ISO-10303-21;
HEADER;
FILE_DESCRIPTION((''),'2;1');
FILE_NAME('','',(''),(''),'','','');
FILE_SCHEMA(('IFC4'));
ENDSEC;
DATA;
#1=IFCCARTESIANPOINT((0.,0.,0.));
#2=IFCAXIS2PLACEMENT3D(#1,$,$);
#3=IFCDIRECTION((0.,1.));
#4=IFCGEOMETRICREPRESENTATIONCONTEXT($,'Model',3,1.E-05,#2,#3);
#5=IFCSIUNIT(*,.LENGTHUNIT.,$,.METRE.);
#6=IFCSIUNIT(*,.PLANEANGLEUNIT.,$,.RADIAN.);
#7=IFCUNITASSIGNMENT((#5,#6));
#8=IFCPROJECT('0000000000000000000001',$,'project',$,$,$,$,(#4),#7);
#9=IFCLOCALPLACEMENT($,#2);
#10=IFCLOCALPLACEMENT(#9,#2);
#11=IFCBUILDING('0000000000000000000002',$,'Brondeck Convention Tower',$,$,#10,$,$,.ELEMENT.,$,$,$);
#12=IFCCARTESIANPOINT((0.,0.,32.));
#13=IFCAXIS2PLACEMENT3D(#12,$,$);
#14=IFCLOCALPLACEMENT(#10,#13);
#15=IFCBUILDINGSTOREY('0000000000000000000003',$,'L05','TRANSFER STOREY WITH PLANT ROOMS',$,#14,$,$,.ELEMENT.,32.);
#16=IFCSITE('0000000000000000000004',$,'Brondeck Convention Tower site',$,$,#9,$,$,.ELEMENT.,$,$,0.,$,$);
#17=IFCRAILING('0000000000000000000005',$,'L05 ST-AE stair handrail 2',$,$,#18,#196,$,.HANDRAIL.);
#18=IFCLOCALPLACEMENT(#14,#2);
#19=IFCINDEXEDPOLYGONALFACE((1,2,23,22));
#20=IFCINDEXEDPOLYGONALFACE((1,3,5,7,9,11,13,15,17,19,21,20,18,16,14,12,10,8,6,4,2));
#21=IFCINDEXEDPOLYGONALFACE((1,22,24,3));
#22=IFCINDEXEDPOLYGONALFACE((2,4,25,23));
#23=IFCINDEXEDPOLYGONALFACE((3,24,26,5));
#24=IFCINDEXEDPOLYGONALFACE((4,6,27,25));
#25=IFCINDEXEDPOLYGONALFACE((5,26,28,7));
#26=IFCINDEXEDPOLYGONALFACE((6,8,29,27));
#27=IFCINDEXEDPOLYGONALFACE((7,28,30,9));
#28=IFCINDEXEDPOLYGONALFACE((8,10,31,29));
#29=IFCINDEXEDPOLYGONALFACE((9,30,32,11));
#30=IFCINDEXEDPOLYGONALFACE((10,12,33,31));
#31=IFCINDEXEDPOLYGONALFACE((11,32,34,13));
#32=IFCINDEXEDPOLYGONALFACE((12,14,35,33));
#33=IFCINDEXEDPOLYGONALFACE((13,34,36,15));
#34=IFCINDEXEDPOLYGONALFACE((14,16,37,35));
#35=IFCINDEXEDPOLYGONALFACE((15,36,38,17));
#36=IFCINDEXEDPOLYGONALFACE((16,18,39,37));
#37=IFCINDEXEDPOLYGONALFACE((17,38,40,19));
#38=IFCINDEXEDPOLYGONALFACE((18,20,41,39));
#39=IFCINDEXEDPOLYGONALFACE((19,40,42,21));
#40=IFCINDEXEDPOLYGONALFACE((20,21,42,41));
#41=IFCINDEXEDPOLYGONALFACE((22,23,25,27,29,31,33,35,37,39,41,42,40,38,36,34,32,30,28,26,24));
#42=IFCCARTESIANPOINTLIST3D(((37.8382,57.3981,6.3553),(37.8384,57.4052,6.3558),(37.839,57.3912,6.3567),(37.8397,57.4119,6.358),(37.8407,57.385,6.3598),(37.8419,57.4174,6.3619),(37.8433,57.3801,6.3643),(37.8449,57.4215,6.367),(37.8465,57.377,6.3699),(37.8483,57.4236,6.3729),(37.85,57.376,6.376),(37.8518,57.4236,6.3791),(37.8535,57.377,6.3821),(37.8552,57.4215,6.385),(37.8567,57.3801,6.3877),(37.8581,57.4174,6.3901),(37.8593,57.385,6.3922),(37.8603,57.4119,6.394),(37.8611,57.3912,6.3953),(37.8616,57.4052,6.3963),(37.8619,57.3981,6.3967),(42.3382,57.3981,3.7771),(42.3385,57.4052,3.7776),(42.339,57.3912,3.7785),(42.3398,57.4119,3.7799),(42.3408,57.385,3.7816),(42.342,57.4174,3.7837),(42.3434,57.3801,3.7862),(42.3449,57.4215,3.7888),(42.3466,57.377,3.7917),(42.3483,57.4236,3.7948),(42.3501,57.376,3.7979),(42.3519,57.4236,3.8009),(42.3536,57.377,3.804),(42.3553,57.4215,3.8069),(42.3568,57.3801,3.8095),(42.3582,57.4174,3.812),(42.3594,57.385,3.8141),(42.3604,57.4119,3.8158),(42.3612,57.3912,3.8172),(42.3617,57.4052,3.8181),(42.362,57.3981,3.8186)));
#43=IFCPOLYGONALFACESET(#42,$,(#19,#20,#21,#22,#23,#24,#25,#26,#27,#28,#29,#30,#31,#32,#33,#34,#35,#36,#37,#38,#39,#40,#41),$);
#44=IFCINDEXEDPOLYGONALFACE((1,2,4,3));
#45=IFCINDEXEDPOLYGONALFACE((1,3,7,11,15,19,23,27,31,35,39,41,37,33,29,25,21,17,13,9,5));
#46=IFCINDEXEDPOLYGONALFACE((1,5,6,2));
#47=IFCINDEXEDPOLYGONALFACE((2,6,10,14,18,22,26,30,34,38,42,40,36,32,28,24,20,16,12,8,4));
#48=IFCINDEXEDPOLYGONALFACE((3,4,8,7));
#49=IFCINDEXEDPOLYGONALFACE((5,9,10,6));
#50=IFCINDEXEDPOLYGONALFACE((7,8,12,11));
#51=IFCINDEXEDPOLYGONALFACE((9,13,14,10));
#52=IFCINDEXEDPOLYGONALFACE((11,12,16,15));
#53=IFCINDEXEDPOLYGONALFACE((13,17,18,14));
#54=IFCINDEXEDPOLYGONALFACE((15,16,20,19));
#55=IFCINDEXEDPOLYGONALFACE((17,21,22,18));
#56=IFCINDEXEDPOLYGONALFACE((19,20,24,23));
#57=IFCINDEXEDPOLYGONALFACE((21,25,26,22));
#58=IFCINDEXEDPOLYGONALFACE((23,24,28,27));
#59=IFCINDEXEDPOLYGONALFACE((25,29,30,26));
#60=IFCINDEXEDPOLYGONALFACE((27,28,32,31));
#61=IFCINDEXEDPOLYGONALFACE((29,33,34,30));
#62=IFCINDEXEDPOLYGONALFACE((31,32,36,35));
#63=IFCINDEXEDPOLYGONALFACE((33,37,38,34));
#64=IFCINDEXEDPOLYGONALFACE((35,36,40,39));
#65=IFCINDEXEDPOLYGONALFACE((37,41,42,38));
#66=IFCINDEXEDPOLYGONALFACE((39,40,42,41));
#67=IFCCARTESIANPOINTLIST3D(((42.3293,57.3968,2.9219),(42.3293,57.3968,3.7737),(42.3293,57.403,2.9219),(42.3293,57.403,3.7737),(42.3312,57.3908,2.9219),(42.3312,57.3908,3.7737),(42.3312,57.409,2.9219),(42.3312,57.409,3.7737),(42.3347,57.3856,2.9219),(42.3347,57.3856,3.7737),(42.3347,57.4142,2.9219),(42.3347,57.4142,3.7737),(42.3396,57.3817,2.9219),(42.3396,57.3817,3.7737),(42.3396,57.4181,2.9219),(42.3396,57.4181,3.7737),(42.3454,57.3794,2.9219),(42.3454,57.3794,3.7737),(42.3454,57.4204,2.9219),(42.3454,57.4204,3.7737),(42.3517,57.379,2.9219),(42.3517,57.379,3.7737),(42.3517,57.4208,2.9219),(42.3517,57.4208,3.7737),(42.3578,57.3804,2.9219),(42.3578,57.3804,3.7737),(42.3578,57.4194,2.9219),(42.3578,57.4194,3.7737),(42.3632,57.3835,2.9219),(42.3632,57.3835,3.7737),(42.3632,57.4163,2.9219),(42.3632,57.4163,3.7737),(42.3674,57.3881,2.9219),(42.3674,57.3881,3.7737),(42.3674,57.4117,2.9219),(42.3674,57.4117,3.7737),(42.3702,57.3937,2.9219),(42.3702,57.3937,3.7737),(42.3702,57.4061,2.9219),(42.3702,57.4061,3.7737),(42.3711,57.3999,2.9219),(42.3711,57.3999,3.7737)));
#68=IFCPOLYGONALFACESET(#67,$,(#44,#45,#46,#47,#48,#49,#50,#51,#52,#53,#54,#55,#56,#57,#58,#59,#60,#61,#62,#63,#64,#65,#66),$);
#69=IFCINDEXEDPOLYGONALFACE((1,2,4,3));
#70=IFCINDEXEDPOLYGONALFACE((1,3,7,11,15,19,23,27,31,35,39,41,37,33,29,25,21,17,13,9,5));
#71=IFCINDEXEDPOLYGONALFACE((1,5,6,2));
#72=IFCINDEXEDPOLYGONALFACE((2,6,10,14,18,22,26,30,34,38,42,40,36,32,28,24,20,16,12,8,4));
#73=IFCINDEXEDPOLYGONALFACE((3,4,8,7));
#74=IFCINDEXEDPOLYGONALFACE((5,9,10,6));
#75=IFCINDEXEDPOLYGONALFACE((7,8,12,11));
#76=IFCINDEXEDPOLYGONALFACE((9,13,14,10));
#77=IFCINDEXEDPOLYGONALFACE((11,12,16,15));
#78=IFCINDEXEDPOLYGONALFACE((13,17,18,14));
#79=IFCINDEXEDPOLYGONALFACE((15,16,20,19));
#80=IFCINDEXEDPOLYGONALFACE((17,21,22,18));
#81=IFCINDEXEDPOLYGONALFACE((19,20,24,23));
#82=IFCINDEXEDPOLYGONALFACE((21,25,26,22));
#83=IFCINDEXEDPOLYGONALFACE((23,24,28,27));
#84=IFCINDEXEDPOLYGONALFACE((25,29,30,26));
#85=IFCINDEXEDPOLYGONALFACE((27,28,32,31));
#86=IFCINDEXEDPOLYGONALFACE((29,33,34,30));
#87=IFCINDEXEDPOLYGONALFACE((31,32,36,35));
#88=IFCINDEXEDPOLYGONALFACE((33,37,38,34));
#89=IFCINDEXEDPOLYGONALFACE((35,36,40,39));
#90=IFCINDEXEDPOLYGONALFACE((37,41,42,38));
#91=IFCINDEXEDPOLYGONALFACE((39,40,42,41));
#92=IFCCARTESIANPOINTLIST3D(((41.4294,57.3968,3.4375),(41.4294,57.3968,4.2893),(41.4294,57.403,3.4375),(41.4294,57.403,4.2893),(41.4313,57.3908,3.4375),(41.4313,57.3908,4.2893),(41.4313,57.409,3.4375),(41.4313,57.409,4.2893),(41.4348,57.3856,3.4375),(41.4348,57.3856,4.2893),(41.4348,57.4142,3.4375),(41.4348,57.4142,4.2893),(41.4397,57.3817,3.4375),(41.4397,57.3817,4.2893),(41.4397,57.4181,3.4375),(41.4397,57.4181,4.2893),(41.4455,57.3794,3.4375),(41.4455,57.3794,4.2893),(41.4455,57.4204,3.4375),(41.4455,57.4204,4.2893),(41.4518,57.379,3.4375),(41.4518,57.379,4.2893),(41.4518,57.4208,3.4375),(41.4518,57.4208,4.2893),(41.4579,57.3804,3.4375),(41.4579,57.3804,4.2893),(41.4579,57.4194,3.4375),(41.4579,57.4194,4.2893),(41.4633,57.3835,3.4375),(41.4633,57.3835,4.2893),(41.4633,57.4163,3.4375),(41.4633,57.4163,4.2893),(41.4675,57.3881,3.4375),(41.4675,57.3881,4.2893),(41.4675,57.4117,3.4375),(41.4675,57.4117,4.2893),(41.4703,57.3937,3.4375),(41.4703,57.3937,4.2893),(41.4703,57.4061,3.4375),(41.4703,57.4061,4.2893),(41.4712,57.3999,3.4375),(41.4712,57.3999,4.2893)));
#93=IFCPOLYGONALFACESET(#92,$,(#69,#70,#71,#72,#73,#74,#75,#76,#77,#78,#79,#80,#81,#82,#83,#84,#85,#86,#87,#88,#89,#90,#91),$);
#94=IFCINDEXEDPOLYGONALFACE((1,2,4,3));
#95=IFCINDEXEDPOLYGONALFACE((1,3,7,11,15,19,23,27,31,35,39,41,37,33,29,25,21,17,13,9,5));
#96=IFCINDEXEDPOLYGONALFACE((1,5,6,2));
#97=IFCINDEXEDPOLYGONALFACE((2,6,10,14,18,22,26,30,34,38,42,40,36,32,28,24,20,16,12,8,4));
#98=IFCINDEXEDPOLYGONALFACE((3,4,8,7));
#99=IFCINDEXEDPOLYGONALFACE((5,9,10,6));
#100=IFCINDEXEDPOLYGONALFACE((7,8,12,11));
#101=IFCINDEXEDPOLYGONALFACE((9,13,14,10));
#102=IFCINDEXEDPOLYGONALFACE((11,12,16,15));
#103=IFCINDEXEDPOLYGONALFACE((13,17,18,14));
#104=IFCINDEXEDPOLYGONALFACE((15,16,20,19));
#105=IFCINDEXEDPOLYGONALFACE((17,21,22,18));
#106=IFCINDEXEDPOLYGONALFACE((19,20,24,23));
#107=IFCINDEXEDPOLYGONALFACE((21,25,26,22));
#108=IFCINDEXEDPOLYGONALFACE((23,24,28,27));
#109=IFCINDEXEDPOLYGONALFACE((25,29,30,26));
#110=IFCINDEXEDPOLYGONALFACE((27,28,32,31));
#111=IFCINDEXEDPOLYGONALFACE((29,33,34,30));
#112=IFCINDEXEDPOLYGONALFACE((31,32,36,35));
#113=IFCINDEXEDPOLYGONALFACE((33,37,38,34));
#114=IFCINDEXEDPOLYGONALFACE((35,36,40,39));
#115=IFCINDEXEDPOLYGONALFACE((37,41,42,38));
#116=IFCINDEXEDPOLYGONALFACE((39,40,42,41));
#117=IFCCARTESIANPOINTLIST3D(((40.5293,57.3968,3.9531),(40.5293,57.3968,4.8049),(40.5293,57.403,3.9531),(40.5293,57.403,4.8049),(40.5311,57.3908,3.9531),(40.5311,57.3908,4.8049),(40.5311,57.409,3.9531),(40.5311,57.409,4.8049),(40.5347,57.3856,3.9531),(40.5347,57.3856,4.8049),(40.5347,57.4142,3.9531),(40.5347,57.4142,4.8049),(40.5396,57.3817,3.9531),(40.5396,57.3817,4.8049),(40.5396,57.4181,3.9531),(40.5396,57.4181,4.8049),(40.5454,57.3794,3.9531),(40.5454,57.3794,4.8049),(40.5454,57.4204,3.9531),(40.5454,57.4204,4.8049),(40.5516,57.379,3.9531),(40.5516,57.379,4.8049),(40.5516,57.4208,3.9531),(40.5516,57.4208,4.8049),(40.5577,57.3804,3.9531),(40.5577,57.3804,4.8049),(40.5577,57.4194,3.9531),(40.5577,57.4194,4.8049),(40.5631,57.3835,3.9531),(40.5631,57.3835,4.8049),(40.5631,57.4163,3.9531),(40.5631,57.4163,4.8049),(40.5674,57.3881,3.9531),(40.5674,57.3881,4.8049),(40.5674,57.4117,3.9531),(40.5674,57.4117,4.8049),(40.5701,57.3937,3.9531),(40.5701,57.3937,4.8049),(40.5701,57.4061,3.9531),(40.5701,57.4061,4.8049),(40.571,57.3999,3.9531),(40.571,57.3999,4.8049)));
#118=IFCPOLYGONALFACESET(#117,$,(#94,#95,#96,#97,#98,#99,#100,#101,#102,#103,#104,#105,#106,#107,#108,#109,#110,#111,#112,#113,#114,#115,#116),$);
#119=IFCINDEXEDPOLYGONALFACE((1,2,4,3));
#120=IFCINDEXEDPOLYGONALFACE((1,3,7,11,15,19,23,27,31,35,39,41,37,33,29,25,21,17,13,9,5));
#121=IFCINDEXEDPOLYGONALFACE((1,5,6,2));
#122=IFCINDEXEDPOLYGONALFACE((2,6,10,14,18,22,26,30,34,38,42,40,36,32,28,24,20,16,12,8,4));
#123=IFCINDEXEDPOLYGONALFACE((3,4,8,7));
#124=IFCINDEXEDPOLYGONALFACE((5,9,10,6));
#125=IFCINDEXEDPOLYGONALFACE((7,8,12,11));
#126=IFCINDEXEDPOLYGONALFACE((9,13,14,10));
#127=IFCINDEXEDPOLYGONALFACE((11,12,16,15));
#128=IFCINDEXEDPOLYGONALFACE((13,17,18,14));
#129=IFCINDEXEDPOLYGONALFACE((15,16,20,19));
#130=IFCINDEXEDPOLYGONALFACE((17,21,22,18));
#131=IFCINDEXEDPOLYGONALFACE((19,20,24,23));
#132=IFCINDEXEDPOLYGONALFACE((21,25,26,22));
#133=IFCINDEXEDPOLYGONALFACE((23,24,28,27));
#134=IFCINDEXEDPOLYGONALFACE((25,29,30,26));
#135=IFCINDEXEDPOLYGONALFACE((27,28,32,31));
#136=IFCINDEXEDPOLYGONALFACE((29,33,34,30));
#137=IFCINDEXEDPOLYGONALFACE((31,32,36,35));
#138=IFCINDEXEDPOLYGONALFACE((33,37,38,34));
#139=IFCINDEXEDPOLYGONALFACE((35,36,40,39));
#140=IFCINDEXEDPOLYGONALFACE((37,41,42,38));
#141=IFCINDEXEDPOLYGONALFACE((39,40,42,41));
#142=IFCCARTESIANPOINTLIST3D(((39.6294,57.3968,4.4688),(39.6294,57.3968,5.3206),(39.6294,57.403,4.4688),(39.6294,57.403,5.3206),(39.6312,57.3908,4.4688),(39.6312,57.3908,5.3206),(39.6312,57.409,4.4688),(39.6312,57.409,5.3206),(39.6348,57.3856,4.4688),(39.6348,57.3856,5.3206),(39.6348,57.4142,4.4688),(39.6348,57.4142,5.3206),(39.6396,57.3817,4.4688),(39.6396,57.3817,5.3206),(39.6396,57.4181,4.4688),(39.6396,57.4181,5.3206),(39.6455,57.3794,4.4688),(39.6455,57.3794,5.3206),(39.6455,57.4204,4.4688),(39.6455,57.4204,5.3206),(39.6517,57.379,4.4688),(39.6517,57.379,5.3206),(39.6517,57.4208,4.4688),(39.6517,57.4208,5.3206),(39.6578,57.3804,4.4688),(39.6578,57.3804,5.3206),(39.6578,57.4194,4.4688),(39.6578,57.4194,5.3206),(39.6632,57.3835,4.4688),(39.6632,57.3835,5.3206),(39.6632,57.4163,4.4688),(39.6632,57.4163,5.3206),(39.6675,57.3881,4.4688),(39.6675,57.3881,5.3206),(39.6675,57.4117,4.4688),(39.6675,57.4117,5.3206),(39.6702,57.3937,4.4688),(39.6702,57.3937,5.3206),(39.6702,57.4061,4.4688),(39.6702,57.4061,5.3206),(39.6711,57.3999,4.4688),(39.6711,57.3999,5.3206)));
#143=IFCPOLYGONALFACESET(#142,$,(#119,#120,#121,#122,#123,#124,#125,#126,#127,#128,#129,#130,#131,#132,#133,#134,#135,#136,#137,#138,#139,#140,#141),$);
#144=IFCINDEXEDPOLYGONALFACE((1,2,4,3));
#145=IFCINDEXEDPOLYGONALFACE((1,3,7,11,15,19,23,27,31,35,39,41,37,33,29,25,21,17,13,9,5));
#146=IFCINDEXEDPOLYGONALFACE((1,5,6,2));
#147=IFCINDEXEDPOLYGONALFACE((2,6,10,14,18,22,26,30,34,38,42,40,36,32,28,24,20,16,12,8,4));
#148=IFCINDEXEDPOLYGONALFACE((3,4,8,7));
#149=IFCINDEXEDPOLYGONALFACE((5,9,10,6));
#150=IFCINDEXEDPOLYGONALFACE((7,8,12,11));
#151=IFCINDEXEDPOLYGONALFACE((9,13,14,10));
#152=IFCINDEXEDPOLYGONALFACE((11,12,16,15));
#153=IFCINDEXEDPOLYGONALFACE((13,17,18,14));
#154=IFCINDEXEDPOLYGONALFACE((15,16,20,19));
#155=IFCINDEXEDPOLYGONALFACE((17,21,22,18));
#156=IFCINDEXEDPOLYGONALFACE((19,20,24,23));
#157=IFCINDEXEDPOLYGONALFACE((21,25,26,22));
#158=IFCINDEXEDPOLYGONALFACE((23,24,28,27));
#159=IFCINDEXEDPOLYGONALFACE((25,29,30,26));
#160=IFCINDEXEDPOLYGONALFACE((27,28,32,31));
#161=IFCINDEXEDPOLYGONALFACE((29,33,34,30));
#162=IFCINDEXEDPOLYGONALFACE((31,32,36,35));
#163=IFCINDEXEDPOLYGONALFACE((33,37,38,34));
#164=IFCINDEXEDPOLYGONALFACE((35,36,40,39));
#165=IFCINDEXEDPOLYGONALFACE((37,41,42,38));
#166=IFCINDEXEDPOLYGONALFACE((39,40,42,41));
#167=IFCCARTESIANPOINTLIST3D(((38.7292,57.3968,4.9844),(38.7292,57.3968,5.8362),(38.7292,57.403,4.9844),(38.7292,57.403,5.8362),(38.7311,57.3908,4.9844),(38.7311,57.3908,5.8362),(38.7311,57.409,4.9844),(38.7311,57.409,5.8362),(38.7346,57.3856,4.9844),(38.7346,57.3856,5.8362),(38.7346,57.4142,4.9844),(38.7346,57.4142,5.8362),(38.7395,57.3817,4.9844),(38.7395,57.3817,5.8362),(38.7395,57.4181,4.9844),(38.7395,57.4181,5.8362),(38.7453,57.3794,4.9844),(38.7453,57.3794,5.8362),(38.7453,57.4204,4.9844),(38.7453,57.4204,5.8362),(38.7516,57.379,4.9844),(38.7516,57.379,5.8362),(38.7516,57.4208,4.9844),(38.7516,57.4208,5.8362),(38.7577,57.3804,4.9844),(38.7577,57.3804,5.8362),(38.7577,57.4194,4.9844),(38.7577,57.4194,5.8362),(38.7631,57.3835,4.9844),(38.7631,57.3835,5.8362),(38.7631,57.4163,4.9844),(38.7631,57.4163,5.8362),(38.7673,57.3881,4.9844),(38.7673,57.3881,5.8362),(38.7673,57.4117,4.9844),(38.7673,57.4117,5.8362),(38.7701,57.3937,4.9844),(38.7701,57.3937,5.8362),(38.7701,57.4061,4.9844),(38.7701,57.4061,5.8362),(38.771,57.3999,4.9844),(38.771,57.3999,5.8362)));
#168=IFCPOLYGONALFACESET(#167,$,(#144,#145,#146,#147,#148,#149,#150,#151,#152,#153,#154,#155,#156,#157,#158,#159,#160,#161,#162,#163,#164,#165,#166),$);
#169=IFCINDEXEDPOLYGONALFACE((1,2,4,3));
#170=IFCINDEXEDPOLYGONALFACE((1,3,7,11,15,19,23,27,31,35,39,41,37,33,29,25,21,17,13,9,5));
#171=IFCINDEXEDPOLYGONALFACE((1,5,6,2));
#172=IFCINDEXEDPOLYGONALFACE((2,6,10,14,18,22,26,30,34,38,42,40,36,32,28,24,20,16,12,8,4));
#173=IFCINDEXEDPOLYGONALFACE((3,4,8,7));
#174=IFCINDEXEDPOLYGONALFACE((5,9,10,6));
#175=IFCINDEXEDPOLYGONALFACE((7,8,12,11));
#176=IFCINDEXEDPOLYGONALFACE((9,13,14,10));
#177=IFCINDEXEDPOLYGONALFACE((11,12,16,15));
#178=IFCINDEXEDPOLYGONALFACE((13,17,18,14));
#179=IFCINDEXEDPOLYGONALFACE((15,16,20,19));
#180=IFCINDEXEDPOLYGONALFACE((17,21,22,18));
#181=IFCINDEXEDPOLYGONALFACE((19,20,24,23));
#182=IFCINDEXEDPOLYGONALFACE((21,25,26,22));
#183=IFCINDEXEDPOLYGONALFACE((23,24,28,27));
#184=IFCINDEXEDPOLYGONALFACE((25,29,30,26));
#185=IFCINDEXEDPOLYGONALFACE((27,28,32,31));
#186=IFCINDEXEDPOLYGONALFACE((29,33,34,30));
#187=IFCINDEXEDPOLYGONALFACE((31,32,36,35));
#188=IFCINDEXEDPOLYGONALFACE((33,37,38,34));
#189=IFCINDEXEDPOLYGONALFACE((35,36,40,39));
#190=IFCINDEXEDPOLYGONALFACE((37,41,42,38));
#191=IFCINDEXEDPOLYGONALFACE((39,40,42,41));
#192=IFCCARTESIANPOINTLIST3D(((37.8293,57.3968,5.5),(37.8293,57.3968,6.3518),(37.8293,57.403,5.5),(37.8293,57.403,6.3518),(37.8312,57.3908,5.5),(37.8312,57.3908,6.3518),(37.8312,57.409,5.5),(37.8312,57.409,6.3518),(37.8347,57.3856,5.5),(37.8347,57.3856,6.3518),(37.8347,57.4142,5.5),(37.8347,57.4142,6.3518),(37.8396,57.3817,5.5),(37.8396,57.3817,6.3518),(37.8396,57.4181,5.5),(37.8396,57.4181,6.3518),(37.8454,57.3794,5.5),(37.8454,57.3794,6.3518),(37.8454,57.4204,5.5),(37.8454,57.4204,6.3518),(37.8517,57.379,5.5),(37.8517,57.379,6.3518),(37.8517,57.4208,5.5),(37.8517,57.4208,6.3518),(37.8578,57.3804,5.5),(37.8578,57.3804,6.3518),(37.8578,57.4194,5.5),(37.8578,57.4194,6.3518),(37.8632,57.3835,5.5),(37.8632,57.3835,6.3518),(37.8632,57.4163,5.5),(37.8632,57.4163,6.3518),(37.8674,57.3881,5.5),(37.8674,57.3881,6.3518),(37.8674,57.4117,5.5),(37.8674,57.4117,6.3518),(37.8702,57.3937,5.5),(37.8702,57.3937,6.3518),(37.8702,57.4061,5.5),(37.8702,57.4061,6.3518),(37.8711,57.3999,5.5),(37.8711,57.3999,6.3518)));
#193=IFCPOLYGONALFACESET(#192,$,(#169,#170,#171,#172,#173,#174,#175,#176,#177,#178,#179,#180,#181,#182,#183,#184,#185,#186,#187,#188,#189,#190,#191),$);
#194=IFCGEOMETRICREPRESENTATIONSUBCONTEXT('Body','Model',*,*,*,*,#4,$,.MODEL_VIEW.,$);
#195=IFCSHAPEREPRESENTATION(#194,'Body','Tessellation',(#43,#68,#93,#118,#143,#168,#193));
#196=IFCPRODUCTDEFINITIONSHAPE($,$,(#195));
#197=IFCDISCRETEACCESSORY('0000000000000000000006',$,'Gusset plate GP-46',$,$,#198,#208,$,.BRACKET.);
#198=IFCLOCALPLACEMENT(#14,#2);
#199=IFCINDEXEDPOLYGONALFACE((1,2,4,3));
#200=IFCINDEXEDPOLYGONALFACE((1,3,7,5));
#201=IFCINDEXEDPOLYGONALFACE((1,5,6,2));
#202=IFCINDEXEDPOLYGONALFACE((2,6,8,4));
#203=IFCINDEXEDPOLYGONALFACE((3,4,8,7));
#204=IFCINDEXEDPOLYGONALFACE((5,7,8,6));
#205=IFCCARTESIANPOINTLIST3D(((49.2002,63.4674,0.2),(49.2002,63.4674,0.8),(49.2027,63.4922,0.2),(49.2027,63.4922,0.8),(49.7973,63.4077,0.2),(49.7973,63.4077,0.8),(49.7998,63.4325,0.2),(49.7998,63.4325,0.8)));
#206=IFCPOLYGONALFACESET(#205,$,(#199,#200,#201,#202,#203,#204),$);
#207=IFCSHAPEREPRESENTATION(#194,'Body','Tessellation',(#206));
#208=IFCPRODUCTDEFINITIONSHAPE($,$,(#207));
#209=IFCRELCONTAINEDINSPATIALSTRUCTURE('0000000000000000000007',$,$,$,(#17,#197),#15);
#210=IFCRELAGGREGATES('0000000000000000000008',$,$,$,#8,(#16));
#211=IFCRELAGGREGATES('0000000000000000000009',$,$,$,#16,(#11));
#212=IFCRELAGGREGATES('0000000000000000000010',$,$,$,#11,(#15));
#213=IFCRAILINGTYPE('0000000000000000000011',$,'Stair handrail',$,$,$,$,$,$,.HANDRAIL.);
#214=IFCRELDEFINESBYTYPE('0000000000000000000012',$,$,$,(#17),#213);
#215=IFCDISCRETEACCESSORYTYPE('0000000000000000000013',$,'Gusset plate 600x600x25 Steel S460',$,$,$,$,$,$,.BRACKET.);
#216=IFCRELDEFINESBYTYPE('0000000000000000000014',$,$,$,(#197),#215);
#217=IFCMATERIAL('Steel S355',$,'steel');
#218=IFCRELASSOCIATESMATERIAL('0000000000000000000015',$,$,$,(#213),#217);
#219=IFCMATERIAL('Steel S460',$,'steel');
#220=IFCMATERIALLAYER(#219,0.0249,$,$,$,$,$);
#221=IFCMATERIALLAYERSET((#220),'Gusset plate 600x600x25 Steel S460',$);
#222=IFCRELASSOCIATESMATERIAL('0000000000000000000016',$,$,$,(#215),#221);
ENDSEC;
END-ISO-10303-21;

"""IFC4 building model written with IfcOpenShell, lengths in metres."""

from ifc_helpers import new_model, si_unit, direction, frame, origin, origin_2d, place, context, subcontext, project, spatial, rectangle, circle, extrude, material, layer, layer_set, type_object, element, save


model = new_model("IFC4")

# Units and contexts
model_context = context("Model", 3, precision=1e-05, world=origin(), true_north=direction((0.0, 1.0)))
body_context = subcontext(model_context, "Body", "Model", "MODEL_VIEW")
ifc_project = project(units=[si_unit("LENGTHUNIT", "METRE"), si_unit("PLANEANGLEUNIT", "RADIAN")], contexts=[model_context])

# Site, building, storey
site_placement = place(None, origin())
site = spatial("IfcSite", under=ifc_project, at=site_placement, Name="Brondeck Convention Tower site", CompositionType="ELEMENT", RefElevation=0.0)
building_placement = place(site_placement, origin())
building = spatial("IfcBuilding", under=site, at=building_placement, Name="Brondeck Convention Tower", CompositionType="ELEMENT")
storey_placement = place(building_placement, frame((0.0, 0.0, 32.0)))
storey = spatial("IfcBuildingStorey", under=building, at=storey_placement, Name="L05", Description="TRANSFER STOREY WITH PLANT ROOMS", CompositionType="ELEMENT", Elevation=32.0)

# Shared definitions
ifc_material_1 = material(Name="Steel S460", Category="steel")

# Railing
ifc_material_2 = material(Name="Steel S355", Category="steel")
railing_type = type_object("IfcRailingType", Name="Stair handrail", PredefinedType="HANDRAIL", material=ifc_material_2)
railing_placement = place(storey_placement, frame((42.3501, 57.3999, 2.9219)))
element("IfcRailing", 1, at=railing_placement, inside=storey, type_object=railing_type, Name="L05 ST-AE stair handrail 2", PredefinedType="HANDRAIL", context=body_context, shape_type="SweptSolid", body=[
    extrude(circle(Radius=0.0239, at=origin_2d()), frame((0.0, 0.0, 0.876), z_axis=(-0.867686, 0.0, 0.497112), x_axis=(0.0, -1.0, 0.0)), (0.0, 0.0, 1.0), 5.1863),
    extrude(circle(Radius=0.021, at=origin_2d()), origin(), (0.0, 0.0, 1.0), 0.8518),
    extrude(circle(Radius=0.021, at=origin_2d()), frame((-0.8999, 0.0, 0.5156)), (0.0, 0.0, 1.0), 0.8518),
    extrude(circle(Radius=0.021, at=origin_2d()), frame((-1.8, 0.0, 1.0312)), (0.0, 0.0, 1.0), 0.8518),
    extrude(circle(Radius=0.021, at=origin_2d()), frame((-2.7, 0.0, 1.5469)), (0.0, 0.0, 1.0), 0.8518),
    extrude(circle(Radius=0.021, at=origin_2d()), frame((-3.6001, 0.0, 2.0625)), (0.0, 0.0, 1.0), 0.8518),
    extrude(circle(Radius=0.021, at=origin_2d()), frame((-4.5, 0.0, 2.5781)), (0.0, 0.0, 1.0), 0.8518),
])

# Discrete accessory
ifc_layer_1 = layer(ifc_material_1, 0.0249)
ifc_layer_set_1 = layer_set([ifc_layer_1], Name="Gusset plate 600x600x25 Steel S460")
discrete_accessory_type = type_object("IfcDiscreteAccessoryType", Name="Gusset plate 600x600x25 Steel S460", PredefinedType="BRACKET", material=ifc_layer_set_1)
for number, where, z_axis, x_axis, name in (
    (2, (49.5, 63.45, 0.2), (0.0, 0.0, 1.0), (-0.995036, 0.099511, 0.0), "Gusset plate GP-46"),
):
    element("IfcDiscreteAccessory", number, at=place(storey_placement, frame(where, z_axis=z_axis, x_axis=x_axis)), inside=storey, type_object=discrete_accessory_type, Name=name, PredefinedType="BRACKET", context=body_context, shape_type="SweptSolid", body=[
        extrude(rectangle(XDim=0.6001, YDim=0.0249, at=origin_2d()), origin(), (0.0, 0.0, 1.0), 0.6001),
    ])

save(model, "model.ifc")
